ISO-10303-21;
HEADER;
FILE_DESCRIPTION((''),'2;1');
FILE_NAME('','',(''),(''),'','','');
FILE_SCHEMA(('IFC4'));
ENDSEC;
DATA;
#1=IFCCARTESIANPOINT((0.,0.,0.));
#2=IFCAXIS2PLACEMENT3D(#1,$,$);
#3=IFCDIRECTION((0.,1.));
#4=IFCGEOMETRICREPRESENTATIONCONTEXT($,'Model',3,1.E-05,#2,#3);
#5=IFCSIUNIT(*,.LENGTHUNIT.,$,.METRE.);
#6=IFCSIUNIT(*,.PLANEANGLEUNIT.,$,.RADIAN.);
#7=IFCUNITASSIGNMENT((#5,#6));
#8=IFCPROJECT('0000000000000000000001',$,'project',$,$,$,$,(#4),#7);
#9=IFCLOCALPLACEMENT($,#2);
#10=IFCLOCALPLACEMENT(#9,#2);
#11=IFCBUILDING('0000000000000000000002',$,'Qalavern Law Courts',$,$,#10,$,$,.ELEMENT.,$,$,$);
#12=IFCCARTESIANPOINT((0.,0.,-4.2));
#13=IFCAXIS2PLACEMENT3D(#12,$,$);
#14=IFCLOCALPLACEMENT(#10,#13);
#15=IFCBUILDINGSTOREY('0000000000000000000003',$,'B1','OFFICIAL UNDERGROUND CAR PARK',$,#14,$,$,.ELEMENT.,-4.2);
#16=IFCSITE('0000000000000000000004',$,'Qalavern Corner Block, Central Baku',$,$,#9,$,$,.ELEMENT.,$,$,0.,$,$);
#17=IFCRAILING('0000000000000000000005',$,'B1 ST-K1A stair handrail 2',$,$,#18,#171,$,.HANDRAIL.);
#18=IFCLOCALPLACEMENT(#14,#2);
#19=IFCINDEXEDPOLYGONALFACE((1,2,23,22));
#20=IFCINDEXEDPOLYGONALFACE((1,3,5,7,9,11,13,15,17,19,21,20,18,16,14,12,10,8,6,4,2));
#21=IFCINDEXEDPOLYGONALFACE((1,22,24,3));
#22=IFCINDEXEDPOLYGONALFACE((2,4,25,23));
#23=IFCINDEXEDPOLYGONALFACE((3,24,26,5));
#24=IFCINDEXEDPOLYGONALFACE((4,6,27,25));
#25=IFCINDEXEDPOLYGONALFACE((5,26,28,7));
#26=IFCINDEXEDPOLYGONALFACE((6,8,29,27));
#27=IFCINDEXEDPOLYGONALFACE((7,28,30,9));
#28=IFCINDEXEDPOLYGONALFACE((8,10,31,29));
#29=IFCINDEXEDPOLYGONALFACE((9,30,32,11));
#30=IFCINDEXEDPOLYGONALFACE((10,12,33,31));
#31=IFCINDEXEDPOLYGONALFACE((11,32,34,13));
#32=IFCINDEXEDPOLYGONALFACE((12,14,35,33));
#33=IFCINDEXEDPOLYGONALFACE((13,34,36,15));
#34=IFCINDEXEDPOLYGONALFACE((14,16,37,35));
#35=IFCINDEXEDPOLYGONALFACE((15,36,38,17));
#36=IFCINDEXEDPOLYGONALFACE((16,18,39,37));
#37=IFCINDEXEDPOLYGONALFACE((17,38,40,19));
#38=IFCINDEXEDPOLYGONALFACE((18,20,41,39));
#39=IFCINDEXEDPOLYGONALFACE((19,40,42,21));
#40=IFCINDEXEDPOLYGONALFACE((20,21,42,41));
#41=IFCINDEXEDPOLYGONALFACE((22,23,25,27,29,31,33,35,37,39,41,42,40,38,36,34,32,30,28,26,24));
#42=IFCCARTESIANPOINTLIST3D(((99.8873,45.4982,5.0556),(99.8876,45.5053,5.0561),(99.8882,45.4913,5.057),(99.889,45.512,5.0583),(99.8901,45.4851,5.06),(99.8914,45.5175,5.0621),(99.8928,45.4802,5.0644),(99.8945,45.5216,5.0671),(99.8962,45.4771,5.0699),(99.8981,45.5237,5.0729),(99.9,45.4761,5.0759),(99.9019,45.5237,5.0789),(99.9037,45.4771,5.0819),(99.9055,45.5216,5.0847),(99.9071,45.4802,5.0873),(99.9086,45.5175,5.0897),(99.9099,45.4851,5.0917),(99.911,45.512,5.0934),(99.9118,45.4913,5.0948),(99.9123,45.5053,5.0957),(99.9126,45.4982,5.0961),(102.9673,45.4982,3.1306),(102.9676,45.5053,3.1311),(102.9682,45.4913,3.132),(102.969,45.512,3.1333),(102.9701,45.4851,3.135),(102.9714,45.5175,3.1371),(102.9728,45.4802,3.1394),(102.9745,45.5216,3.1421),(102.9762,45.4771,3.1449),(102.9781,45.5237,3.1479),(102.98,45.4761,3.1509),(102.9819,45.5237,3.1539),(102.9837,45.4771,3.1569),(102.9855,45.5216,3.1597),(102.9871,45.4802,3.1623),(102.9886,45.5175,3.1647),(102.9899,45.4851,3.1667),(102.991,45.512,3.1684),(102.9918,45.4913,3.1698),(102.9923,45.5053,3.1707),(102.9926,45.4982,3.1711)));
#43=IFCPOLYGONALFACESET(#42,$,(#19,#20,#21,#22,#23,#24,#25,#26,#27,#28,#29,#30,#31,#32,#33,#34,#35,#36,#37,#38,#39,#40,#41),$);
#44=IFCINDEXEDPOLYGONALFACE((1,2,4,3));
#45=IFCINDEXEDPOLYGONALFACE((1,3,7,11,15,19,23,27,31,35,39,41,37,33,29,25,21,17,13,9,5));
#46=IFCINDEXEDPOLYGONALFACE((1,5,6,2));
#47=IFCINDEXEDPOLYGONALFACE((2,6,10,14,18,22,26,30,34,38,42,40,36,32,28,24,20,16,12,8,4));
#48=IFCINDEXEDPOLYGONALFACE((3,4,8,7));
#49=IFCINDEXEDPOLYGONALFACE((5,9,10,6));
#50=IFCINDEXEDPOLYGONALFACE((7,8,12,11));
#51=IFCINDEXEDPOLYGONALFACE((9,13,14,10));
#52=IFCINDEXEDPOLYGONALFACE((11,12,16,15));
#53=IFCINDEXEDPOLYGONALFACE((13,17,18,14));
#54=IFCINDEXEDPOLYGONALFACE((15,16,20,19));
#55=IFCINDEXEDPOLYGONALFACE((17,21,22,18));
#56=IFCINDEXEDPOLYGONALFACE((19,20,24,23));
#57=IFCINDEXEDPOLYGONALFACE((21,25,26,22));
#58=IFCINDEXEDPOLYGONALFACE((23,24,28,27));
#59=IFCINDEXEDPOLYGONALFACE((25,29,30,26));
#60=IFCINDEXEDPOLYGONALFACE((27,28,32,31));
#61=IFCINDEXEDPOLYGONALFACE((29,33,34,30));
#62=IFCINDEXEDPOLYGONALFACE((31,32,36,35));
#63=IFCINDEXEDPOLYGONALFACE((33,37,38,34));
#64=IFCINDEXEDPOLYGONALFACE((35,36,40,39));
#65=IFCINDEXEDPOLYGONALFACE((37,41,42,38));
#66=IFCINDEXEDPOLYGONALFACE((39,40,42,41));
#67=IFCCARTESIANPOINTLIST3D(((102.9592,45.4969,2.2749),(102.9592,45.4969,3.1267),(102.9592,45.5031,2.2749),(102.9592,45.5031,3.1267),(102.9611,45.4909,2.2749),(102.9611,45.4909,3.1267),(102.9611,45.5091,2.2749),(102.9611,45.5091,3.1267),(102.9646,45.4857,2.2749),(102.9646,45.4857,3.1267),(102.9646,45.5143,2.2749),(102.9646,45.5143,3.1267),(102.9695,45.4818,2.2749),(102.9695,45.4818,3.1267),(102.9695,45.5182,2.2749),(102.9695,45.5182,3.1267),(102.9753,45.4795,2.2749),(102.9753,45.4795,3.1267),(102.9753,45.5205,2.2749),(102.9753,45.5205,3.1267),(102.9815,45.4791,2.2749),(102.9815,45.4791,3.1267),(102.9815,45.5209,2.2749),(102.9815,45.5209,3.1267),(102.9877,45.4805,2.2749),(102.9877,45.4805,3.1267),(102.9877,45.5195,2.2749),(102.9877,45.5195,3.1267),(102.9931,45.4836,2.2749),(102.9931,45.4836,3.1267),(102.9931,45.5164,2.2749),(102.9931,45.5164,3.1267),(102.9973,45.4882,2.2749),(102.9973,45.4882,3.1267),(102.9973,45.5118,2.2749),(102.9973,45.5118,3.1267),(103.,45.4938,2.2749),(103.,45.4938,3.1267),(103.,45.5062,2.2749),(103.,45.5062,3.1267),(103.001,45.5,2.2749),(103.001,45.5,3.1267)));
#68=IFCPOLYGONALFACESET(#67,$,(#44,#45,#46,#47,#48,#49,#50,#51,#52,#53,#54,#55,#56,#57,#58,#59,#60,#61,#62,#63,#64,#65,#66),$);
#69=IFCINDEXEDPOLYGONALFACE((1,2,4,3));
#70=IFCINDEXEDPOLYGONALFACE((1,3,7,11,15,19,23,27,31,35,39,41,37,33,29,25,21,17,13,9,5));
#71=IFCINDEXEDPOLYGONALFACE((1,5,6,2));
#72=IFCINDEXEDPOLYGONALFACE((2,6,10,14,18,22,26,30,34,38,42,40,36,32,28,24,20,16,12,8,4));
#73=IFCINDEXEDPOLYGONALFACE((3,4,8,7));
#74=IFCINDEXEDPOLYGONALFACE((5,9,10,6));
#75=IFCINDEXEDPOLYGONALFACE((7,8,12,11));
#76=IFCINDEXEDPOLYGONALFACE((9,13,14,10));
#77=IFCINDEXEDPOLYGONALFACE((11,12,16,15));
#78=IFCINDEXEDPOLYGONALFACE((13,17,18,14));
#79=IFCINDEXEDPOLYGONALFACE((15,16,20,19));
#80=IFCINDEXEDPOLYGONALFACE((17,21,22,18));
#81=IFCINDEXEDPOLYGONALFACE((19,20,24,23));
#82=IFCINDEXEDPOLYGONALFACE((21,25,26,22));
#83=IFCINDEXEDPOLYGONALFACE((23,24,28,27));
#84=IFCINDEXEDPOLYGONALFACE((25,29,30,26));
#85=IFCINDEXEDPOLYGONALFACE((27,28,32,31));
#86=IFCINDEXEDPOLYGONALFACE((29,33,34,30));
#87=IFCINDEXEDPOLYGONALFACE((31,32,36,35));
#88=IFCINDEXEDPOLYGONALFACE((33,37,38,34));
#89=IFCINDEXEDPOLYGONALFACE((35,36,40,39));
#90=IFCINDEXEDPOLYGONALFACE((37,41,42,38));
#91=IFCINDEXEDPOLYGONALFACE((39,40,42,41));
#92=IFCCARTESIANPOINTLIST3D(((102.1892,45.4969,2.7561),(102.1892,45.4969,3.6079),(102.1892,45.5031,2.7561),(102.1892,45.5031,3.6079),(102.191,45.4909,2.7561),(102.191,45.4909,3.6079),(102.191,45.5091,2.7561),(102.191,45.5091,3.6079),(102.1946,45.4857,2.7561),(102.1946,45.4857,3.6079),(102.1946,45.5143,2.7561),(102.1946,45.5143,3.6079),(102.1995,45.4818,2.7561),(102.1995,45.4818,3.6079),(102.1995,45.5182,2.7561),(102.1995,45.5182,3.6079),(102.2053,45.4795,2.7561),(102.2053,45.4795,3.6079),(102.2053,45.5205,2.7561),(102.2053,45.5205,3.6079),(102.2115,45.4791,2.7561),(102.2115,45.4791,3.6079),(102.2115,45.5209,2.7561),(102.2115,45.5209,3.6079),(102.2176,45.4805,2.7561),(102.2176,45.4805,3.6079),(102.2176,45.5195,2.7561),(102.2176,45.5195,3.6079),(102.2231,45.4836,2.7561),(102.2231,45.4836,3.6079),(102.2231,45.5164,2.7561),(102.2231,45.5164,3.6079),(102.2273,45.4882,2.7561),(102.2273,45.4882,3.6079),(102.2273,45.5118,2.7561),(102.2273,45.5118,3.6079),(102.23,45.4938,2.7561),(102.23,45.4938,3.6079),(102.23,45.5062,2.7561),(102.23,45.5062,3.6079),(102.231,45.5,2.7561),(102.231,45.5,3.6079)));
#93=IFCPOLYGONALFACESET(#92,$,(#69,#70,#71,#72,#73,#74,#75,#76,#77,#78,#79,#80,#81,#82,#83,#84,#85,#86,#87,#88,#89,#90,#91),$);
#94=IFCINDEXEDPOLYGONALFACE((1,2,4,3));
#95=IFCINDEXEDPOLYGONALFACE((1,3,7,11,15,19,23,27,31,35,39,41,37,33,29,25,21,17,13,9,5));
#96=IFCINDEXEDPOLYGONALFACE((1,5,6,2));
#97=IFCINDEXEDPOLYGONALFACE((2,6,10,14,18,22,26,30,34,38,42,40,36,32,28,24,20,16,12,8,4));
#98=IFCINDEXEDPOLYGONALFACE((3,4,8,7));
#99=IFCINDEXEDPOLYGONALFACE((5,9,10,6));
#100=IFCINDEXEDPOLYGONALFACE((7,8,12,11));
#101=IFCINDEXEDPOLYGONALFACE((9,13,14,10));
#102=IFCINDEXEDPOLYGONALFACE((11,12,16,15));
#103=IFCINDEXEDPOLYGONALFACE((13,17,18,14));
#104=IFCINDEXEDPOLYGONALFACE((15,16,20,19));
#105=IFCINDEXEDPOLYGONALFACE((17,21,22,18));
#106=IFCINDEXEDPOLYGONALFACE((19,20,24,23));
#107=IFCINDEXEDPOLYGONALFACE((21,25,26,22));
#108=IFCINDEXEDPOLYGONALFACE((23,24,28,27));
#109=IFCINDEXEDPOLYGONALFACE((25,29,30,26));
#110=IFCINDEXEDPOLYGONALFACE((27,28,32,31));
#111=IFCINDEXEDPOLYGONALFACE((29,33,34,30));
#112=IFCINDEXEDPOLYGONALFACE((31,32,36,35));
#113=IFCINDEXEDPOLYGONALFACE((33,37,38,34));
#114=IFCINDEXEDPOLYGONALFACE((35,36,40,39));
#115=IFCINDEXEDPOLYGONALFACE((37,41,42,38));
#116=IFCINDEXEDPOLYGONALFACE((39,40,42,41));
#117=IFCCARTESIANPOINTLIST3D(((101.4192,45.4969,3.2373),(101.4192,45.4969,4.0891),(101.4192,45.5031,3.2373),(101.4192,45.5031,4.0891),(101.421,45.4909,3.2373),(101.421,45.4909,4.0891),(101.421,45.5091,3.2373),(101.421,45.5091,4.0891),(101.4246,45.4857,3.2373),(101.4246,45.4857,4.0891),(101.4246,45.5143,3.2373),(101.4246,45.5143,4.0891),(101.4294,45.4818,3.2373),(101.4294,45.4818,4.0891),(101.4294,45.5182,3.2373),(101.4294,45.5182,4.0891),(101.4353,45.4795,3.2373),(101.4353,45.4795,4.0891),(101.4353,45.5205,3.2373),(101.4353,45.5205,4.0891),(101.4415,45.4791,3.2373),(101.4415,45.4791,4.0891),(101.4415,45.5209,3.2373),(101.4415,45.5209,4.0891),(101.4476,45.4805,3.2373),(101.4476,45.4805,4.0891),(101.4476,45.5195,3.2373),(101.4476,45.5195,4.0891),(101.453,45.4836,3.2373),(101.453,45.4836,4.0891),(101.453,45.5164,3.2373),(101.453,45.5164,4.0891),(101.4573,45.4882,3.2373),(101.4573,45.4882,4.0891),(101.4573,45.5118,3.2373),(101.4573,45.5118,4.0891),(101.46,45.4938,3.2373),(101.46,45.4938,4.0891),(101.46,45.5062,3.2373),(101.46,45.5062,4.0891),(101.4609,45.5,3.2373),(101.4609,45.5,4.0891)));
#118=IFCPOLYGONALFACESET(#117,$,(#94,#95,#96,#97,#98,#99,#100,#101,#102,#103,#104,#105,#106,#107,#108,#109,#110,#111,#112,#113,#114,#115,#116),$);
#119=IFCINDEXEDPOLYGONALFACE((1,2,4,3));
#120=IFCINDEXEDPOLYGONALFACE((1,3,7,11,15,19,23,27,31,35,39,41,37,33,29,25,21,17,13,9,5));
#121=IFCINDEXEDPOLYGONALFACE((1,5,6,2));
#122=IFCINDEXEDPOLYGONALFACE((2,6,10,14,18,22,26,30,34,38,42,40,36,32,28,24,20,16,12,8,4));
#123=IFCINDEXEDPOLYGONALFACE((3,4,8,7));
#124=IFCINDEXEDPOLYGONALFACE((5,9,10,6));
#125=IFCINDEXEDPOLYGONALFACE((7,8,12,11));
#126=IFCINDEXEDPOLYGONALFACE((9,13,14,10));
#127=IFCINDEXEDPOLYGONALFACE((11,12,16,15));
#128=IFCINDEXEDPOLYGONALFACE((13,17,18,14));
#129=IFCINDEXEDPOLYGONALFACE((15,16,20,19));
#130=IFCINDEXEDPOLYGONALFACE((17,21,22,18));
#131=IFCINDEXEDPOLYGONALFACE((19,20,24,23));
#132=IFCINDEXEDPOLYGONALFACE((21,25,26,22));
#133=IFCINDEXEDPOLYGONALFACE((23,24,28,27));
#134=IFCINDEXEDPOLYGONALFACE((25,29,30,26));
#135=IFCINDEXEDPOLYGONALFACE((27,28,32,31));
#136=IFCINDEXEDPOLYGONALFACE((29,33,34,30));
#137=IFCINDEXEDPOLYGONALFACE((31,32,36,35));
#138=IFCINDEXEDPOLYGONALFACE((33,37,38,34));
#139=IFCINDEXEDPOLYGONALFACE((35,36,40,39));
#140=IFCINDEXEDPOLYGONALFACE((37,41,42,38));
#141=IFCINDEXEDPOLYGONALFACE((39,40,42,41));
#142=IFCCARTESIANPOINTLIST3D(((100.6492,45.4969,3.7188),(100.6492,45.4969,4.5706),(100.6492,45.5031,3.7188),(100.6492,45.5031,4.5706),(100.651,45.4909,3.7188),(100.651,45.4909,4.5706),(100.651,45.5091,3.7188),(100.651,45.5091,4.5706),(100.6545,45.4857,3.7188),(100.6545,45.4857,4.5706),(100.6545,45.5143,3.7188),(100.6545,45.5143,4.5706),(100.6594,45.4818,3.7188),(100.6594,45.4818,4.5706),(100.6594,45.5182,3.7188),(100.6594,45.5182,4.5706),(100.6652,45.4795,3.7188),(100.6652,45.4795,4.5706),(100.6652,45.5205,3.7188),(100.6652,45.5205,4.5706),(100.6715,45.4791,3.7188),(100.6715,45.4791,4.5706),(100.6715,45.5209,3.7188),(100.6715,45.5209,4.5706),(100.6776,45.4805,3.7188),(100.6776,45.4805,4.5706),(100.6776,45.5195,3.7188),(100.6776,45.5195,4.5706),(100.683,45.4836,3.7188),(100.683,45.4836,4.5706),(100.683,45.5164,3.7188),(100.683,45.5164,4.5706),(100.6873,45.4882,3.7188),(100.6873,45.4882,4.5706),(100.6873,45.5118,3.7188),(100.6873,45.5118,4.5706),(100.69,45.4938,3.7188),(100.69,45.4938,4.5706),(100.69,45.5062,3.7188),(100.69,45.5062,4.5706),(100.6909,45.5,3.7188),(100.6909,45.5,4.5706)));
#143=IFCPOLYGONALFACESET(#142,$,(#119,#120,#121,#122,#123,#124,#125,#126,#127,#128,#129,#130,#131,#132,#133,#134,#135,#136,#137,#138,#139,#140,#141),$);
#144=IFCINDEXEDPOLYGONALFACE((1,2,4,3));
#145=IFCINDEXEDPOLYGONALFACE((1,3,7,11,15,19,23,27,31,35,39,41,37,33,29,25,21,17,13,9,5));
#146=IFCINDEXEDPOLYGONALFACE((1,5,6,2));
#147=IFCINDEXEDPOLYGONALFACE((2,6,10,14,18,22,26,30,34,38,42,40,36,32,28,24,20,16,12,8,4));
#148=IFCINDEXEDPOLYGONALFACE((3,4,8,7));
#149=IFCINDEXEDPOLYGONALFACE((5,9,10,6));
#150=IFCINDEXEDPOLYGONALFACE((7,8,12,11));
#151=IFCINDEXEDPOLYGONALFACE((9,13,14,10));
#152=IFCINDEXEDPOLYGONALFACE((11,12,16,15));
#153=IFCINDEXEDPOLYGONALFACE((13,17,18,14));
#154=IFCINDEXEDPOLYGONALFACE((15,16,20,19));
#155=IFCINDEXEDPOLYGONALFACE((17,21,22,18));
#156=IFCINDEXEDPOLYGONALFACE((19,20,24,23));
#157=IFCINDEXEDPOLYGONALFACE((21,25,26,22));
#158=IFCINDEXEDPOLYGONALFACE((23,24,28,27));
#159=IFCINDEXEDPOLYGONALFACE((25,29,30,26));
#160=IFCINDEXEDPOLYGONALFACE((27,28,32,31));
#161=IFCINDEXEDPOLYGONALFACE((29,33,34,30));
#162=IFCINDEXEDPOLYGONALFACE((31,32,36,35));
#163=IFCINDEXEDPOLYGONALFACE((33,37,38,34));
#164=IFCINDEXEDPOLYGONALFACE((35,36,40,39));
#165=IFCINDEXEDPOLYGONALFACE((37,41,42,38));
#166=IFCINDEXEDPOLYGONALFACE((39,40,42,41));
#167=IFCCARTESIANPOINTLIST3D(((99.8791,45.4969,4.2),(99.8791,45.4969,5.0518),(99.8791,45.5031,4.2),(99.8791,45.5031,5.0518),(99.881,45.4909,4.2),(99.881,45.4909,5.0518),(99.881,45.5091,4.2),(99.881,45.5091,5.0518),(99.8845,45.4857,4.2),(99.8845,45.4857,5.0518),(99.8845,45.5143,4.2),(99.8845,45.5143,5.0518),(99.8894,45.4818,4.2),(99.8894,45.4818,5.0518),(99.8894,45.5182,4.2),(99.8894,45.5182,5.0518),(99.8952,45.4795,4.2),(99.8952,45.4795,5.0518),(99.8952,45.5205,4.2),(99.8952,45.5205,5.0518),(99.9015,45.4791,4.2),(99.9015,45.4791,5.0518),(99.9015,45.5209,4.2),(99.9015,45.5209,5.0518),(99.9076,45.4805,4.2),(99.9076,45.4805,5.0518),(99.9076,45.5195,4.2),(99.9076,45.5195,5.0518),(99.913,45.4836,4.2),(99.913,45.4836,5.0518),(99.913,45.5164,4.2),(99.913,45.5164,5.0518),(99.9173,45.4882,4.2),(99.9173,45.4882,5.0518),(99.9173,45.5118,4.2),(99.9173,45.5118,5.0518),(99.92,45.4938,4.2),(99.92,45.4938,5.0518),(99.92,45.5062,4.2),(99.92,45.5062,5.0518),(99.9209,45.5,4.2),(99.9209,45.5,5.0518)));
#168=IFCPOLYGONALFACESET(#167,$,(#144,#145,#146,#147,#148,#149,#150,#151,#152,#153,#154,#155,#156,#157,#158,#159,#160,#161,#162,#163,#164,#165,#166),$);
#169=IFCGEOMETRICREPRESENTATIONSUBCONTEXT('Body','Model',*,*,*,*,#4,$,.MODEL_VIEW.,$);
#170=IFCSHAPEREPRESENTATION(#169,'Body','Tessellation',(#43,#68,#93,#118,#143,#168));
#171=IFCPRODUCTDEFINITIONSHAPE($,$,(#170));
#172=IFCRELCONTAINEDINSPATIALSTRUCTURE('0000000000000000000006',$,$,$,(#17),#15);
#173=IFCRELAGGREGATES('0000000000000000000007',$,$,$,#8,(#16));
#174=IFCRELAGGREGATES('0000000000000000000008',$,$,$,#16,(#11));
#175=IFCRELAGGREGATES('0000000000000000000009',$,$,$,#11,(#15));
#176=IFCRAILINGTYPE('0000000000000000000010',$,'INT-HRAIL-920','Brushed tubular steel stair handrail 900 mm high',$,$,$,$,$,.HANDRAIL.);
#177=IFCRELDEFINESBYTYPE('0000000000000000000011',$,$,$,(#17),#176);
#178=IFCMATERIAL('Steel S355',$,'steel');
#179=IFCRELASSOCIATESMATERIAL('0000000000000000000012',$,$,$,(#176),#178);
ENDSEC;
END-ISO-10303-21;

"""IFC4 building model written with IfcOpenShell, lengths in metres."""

from ifc_helpers import new_model, si_unit, direction, frame, origin, origin_2d, place, context, subcontext, project, spatial, circle, extrude, material, type_object, element, save


model = new_model("IFC4")

# Units and contexts
model_context = context("Model", 3, precision=1e-05, world=origin(), true_north=direction((0.0, 1.0)))
body_context = subcontext(model_context, "Body", "Model", "MODEL_VIEW")
ifc_project = project(units=[si_unit("LENGTHUNIT", "METRE"), si_unit("PLANEANGLEUNIT", "RADIAN")], contexts=[model_context])

# Site, building, storey
site_placement = place(None, origin())
site = spatial("IfcSite", under=ifc_project, at=site_placement, Name="Qalavern Corner Block, Central Baku", CompositionType="ELEMENT", RefElevation=0.0)
building_placement = place(site_placement, origin())
building = spatial("IfcBuilding", under=site, at=building_placement, Name="Qalavern Law Courts", CompositionType="ELEMENT")
storey_placement = place(building_placement, frame((0.0, 0.0, -4.2)))
storey = spatial("IfcBuildingStorey", under=building, at=storey_placement, Name="B1", Description="OFFICIAL UNDERGROUND CAR PARK", CompositionType="ELEMENT", Elevation=-4.2)

# Shared definitions
ifc_material_1 = material(Name="Steel S355", Category="steel")

# Railing
railing_type_1 = type_object("IfcRailingType", Name="INT-HRAIL-920", Description="Brushed tubular steel stair handrail 900 mm high", PredefinedType="HANDRAIL", material=ifc_material_1)
railing_1_placement = place(storey_placement, frame((102.98, 45.5, 2.2749)))
element("IfcRailing", 1, at=railing_1_placement, inside=storey, type_object=railing_type_1, Name="B1 ST-K1A stair handrail 2", PredefinedType="HANDRAIL", context=body_context, shape_type="SweptSolid", body=[
    extrude(circle(Radius=0.0239, at=origin_2d()), frame((0.0, 0.0, 0.876), z_axis=(-0.847998, 0.0, 0.529999), x_axis=(0.0, -1.0, 0.0)), (0.0, 0.0, 1.0), 3.6321),
    extrude(circle(Radius=0.021, at=origin_2d()), origin(), (0.0, 0.0, 1.0), 0.8518),
    extrude(circle(Radius=0.021, at=origin_2d()), frame((-0.77, 0.0, 0.4812)), (0.0, 0.0, 1.0), 0.8518),
    extrude(circle(Radius=0.021, at=origin_2d()), frame((-1.54, 0.0, 0.9624)), (0.0, 0.0, 1.0), 0.8518),
    extrude(circle(Radius=0.021, at=origin_2d()), frame((-2.3101, 0.0, 1.4438)), (0.0, 0.0, 1.0), 0.8518),
    extrude(circle(Radius=0.021, at=origin_2d()), frame((-3.0801, 0.0, 1.925)), (0.0, 0.0, 1.0), 0.8518),
])

save(model, "model.ifc")
